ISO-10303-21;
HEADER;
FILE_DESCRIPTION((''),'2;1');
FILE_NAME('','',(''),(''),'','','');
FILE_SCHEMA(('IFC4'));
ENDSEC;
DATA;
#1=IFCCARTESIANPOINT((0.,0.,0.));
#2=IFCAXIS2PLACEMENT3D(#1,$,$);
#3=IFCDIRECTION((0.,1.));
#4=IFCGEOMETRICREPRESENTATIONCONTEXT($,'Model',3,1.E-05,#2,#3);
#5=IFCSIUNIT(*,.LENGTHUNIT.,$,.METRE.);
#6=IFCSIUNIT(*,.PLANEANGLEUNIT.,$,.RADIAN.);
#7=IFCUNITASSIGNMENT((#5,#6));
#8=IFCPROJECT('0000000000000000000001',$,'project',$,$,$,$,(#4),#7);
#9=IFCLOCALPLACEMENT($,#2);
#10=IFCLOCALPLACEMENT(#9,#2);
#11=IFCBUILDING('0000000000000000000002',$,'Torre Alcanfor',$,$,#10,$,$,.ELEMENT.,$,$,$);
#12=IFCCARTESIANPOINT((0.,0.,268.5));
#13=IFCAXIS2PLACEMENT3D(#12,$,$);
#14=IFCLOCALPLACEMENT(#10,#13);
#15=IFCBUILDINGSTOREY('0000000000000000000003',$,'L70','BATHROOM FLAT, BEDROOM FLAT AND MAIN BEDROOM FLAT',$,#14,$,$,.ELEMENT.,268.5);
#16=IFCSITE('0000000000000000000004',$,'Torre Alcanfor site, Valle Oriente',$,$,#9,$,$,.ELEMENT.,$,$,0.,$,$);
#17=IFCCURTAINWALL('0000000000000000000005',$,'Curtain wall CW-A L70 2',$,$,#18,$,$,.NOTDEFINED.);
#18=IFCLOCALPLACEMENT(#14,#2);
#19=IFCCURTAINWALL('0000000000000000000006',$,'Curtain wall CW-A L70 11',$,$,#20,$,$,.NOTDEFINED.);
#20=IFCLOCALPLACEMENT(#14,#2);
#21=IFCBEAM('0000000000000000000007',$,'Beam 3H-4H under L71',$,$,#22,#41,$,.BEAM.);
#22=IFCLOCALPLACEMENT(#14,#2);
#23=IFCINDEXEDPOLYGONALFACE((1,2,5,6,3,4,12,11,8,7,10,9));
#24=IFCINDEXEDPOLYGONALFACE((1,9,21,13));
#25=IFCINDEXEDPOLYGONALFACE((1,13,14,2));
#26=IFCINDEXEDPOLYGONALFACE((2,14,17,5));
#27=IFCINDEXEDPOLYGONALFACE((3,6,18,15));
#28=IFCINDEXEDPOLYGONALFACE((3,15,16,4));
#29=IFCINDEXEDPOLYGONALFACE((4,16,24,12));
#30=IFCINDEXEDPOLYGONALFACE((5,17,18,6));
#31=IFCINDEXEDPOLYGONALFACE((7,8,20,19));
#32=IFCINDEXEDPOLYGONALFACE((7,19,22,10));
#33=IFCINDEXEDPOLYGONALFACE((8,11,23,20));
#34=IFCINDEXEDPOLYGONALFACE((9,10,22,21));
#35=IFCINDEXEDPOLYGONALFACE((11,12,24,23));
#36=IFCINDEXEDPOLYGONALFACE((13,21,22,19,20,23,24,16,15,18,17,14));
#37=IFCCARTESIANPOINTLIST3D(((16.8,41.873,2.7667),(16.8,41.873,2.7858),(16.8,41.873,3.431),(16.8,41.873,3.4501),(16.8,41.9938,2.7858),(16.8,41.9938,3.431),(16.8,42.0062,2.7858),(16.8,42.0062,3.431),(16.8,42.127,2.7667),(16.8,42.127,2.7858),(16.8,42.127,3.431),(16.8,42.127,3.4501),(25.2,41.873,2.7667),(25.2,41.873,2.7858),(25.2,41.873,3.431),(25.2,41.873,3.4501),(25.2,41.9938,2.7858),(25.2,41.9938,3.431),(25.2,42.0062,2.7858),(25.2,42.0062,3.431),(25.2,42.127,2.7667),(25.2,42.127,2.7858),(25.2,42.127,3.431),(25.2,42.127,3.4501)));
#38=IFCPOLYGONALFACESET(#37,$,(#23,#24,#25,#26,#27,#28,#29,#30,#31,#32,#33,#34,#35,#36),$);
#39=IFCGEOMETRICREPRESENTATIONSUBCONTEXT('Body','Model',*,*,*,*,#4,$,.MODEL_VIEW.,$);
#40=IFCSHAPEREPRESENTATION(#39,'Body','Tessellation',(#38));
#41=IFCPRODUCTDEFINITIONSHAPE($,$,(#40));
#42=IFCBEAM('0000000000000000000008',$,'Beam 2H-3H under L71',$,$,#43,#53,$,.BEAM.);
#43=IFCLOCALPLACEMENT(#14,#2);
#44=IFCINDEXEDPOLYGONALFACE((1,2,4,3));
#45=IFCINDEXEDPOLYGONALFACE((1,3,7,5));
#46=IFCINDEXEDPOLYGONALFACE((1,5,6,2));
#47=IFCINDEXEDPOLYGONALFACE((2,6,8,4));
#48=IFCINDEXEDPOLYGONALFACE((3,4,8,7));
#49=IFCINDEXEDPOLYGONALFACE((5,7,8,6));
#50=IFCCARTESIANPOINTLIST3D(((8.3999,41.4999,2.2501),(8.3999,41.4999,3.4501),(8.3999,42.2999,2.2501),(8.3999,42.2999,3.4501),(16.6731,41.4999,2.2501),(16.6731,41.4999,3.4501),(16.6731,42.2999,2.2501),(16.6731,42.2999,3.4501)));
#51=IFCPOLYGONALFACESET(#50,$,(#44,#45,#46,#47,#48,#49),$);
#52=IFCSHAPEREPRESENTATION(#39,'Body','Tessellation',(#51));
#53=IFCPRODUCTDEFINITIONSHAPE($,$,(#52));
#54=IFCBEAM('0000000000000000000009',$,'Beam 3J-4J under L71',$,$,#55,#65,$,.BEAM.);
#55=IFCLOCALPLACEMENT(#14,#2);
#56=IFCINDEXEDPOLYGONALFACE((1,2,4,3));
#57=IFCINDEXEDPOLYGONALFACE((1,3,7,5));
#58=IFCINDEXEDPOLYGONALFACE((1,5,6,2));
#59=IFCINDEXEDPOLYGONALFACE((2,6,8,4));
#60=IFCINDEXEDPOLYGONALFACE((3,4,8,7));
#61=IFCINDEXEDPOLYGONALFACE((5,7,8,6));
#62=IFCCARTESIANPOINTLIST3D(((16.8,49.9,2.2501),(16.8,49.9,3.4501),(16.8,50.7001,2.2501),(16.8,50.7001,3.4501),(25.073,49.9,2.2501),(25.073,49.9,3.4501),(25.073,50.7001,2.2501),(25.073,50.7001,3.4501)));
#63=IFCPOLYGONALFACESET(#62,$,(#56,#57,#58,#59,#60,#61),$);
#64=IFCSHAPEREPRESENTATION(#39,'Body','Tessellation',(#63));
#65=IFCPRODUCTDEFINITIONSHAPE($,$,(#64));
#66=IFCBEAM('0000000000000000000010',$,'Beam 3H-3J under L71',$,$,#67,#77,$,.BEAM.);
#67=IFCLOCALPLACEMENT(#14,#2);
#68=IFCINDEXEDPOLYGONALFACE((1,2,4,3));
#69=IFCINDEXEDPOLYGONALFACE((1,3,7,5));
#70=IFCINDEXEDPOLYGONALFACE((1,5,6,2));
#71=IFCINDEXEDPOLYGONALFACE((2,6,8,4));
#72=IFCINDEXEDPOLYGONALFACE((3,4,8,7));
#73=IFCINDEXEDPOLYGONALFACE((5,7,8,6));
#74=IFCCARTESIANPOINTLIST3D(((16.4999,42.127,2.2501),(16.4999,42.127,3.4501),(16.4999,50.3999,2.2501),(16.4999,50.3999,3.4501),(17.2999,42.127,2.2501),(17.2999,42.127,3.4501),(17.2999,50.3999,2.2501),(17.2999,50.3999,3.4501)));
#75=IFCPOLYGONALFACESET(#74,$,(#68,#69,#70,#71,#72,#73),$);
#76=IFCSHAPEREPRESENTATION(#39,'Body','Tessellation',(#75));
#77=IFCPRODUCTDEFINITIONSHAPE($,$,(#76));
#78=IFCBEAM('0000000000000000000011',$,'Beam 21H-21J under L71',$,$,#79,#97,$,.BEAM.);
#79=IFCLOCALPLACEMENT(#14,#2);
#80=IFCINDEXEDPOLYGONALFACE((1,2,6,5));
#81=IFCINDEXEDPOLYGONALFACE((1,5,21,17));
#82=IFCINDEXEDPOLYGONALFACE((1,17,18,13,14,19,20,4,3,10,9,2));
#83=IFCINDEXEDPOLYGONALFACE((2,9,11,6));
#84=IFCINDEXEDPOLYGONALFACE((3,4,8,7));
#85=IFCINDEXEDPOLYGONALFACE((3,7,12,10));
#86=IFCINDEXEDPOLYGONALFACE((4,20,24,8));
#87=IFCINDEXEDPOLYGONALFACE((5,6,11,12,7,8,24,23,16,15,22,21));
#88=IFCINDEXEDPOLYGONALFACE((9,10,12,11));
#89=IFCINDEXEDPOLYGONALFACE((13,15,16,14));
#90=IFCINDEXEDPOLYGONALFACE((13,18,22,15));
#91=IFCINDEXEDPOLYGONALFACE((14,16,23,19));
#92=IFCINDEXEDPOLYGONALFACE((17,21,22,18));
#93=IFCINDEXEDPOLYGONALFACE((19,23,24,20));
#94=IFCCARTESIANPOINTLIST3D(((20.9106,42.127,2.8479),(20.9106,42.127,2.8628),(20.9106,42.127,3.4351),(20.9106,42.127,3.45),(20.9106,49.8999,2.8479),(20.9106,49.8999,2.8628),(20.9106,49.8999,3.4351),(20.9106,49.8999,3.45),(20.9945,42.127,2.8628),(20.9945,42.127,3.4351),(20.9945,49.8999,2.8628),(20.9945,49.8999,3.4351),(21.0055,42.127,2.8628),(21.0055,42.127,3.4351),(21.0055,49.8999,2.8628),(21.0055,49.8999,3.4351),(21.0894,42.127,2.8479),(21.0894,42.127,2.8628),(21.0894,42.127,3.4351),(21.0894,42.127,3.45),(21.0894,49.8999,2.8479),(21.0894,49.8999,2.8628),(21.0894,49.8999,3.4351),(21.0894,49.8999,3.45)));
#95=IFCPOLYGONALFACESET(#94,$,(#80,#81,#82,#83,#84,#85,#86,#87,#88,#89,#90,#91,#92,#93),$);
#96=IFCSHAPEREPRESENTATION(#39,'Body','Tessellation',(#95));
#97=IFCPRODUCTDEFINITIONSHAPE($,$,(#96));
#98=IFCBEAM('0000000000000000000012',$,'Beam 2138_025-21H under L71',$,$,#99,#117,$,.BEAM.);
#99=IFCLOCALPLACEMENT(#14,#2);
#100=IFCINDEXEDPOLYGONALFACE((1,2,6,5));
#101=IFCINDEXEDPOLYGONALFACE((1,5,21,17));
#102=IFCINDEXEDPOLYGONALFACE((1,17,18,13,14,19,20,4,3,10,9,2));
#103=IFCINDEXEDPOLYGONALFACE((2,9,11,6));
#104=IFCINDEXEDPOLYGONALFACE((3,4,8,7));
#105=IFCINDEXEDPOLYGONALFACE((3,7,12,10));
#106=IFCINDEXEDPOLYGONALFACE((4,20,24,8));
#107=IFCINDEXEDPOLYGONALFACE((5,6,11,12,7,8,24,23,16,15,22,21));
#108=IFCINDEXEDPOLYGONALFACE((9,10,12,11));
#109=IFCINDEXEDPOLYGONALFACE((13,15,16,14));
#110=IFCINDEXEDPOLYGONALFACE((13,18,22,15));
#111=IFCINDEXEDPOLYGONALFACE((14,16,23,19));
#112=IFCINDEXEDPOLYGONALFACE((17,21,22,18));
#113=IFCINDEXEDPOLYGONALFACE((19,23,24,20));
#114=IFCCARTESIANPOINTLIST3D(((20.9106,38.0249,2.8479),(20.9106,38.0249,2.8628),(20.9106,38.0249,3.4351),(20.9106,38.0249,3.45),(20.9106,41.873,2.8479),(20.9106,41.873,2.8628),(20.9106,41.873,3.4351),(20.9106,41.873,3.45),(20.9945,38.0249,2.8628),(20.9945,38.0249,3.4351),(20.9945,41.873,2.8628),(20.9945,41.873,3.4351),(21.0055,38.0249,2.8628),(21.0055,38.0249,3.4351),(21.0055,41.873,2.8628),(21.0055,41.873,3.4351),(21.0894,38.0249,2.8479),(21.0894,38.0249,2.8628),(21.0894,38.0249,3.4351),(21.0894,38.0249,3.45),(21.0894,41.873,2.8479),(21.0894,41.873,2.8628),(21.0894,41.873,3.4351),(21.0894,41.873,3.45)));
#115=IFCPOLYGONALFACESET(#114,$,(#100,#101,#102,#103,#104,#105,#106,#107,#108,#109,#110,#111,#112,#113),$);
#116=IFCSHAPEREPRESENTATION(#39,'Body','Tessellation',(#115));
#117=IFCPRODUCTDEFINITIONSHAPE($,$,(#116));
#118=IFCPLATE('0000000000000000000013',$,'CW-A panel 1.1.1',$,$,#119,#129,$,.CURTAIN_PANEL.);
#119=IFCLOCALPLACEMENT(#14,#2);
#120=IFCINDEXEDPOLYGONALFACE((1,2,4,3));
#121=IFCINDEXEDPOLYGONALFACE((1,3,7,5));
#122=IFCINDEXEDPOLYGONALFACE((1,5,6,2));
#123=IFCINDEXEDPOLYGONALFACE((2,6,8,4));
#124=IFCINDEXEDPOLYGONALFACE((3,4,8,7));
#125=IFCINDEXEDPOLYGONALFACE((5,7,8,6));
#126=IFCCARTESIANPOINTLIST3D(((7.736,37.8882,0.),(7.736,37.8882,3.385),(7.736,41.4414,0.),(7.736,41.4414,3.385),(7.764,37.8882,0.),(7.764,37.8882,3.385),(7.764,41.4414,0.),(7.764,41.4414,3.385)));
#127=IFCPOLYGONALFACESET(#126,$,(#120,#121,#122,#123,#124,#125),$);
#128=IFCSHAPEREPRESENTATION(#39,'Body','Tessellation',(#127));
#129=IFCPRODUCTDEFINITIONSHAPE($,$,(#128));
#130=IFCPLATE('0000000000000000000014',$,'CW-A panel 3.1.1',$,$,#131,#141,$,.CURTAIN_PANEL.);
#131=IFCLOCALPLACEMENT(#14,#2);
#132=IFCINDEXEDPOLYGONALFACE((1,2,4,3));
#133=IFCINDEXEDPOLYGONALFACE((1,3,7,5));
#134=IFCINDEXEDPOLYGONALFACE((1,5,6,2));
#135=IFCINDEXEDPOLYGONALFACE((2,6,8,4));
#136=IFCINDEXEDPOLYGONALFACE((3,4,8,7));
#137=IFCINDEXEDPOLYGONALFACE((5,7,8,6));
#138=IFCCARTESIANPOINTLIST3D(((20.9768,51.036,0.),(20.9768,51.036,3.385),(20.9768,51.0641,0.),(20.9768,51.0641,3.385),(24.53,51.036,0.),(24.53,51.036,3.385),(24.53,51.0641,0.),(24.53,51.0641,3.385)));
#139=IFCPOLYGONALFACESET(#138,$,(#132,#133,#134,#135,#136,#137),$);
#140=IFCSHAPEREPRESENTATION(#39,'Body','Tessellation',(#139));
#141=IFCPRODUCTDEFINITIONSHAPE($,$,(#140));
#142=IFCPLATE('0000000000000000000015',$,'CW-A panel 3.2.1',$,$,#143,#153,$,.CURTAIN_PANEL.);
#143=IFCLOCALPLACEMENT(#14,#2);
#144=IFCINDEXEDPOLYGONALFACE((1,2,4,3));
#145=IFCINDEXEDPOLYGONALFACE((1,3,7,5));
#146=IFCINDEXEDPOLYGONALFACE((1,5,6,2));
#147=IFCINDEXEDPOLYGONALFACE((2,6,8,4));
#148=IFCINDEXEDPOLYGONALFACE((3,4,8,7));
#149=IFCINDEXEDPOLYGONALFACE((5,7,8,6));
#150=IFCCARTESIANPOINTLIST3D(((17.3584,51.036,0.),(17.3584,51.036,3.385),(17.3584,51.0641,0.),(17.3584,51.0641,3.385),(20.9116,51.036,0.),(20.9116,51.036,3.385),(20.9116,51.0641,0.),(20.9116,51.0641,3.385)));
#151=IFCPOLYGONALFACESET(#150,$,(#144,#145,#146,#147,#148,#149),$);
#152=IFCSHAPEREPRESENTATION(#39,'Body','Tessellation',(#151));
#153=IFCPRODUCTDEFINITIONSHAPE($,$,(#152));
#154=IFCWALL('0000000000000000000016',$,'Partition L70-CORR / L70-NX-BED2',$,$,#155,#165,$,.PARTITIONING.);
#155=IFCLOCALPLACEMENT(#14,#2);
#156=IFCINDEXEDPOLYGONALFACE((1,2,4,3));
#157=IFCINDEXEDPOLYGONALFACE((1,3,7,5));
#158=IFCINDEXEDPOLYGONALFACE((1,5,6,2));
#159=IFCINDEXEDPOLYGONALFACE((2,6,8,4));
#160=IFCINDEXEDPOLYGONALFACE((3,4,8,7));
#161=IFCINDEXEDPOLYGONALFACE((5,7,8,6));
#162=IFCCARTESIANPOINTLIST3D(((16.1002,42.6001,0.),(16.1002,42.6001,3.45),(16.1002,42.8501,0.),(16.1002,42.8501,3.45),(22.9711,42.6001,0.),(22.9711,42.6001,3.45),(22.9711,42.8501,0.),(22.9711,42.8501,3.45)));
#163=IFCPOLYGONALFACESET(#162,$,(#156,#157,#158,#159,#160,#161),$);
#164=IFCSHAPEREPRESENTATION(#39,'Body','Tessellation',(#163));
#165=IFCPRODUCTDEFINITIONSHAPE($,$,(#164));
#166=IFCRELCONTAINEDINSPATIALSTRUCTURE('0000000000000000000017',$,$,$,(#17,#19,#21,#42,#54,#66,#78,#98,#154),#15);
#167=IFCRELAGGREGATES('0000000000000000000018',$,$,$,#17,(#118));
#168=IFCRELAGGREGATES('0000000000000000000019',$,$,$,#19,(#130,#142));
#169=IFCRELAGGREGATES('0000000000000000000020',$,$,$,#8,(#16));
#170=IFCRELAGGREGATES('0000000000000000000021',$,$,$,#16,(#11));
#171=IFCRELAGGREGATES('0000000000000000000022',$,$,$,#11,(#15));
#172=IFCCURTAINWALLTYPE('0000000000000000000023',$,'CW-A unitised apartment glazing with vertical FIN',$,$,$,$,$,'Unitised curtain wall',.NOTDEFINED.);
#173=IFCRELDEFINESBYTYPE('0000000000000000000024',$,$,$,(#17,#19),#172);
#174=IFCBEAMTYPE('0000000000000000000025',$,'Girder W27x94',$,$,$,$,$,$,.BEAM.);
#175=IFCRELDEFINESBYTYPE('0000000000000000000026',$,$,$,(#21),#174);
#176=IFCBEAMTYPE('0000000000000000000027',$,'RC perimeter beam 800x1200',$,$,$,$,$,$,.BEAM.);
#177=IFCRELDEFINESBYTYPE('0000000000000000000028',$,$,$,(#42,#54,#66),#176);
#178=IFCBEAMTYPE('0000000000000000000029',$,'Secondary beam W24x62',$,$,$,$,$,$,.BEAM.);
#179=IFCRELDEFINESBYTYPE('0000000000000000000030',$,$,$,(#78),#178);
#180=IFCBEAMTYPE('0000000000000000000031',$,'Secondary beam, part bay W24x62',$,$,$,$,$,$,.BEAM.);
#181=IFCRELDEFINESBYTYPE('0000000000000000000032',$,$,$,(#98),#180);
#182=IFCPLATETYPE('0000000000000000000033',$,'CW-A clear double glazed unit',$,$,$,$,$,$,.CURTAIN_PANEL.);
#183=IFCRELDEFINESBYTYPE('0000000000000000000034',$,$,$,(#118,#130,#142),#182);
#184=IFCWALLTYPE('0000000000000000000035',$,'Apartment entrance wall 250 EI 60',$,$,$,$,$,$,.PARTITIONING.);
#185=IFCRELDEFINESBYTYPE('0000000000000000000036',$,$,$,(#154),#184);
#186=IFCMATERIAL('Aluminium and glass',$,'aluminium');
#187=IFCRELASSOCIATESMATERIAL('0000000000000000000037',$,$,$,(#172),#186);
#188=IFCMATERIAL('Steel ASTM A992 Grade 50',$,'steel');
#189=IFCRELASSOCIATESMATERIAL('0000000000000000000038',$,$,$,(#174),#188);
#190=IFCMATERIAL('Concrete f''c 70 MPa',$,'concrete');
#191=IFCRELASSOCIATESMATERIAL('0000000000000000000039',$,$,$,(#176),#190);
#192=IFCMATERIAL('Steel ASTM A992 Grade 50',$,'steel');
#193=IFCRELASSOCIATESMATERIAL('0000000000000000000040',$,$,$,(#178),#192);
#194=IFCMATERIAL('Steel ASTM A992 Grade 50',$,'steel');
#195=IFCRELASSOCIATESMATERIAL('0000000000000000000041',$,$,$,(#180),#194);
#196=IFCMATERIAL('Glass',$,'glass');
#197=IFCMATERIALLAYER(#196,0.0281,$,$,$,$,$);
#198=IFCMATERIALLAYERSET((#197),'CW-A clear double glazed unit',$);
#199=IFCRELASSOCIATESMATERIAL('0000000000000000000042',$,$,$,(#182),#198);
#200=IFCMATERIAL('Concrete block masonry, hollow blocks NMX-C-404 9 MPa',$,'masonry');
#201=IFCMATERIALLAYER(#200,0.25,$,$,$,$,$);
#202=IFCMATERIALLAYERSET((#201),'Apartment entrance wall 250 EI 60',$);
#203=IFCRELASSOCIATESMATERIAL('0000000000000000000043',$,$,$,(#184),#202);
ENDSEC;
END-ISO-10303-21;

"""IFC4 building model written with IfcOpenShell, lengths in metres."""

from ifc_helpers import new_model, si_unit, direction, frame, frame_2d, origin, origin_2d, place, context, subcontext, project, spatial, rectangle, i_section, extrude, material, layer, layer_set, material_profile, profile_set, type_object, element, aggregate, save


model = new_model("IFC4")

# Units and contexts
model_context = context("Model", 3, precision=1e-05, world=origin(), true_north=direction((0.0, 1.0)))
body_context = subcontext(model_context, "Body", "Model", "MODEL_VIEW")
ifc_project = project(units=[si_unit("LENGTHUNIT", "METRE"), si_unit("PLANEANGLEUNIT", "RADIAN")], contexts=[model_context])

# Site, building, storey
site_placement = place(None, origin())
site = spatial("IfcSite", under=ifc_project, at=site_placement, Name="Torre Alcanfor site, Valle Oriente", CompositionType="ELEMENT", RefElevation=0.0)
building_placement = place(site_placement, origin())
building = spatial("IfcBuilding", under=site, at=building_placement, Name="Torre Alcanfor", CompositionType="ELEMENT")
storey_placement = place(building_placement, frame((0.0, 0.0, 268.5)))
storey = spatial("IfcBuildingStorey", under=building, at=storey_placement, Name="L70", Description="BATHROOM FLAT, BEDROOM FLAT AND MAIN BEDROOM FLAT", CompositionType="ELEMENT", Elevation=268.5)

# Curtain wall
ifc_material_1 = material(Name="Aluminium and glass", Category="aluminium")
curtain_wall_type = type_object("IfcCurtainWallType", Name="CW-A unitised apartment glazing with vertical FIN", ElementType="Unitised curtain wall", PredefinedType="NOTDEFINED", material=ifc_material_1)
curtain_wall_1_placement = place(storey_placement, origin())
curtain_wall_1 = element("IfcCurtainWall", 1, at=curtain_wall_1_placement, inside=storey, type_object=curtain_wall_type, Name="Curtain wall CW-A L70 2", PredefinedType="NOTDEFINED")

# Curtain wall
curtain_wall_2_placement = place(storey_placement, origin())
curtain_wall_2 = element("IfcCurtainWall", 2, at=curtain_wall_2_placement, inside=storey, type_object=curtain_wall_type, Name="Curtain wall CW-A L70 11", PredefinedType="NOTDEFINED")

# Beams
ifc_material_2 = material(Name="Steel ASTM A992 Grade 50", Category="steel")
ifc_material_profile_1 = material_profile(ifc_material_2, i_section(OverallWidth=0.2539, OverallDepth=0.6833, WebThickness=0.0125, FlangeThickness=0.019, at=origin_2d()), Name="W27x94")
ifc_profile_set_1 = profile_set([ifc_material_profile_1], Name="Steel ASTM A992 Grade 50")
beam_type_1 = type_object("IfcBeamType", Name="Girder W27x94", PredefinedType="BEAM", material=ifc_profile_set_1)
beam_1_placement = place(storey_placement, frame((16.8, 42.0, 3.1084), z_axis=(1.0, 0.0, 0.0), x_axis=(0.0, 1.0, 0.0)))
element("IfcBeam", 3, at=beam_1_placement, inside=storey, type_object=beam_type_1, Name="Beam 3H-4H under L71", PredefinedType="BEAM", context=body_context, shape_type="SweptSolid", body=[
    extrude(i_section(OverallWidth=0.2539, OverallDepth=0.6833, WebThickness=0.0125, FlangeThickness=0.019, at=origin_2d()), origin(), (0.0, 0.0, 1.0), 8.3999),
])
ifc_material_3 = material(Name="Concrete f'c 70 MPa", Category="concrete")
ifc_material_profile_2 = material_profile(ifc_material_3, rectangle(XDim=0.8, YDim=1.2, at=origin_2d()), Name="800x1200")
ifc_profile_set_2 = profile_set([ifc_material_profile_2], Name="Concrete f'c 70 MPa")
beam_type_2 = type_object("IfcBeamType", Name="RC perimeter beam 800x1200", PredefinedType="BEAM", material=ifc_profile_set_2)
beam_2_placement = place(storey_placement, frame((8.3999, 41.8999, 2.8501), z_axis=(1.0, 0.0, 0.0), x_axis=(0.0, 1.0, 0.0)))
element("IfcBeam", 4, at=beam_2_placement, inside=storey, type_object=beam_type_2, Name="Beam 2H-3H under L71", PredefinedType="BEAM", context=body_context, shape_type="SweptSolid", body=[
    extrude(rectangle(XDim=0.8, YDim=1.2, at=origin_2d()), origin(), (0.0, 0.0, 1.0), 8.2732),
])
for number, where, z_axis, x_axis, name in (
    (5, (16.8, 50.3, 2.8501), (1.0, 0.0, 0.0), (0.0, 1.0, 0.0), "Beam 3J-4J under L71"),
    (6, (16.8999, 42.127, 2.8501), (0.0, 1.0, 0.0), (-1.0, 0.0, 0.0), "Beam 3H-3J under L71"),
):
    element("IfcBeam", number, at=place(storey_placement, frame(where, z_axis=z_axis, x_axis=x_axis)), inside=storey, type_object=beam_type_2, Name=name, PredefinedType="BEAM", context=body_context, shape_type="SweptSolid", body=[
        extrude(rectangle(XDim=0.8, YDim=1.2, at=origin_2d()), origin(), (0.0, 0.0, 1.0), 8.2729),
    ])
ifc_material_4 = material(Name="Steel ASTM A992 Grade 50", Category="steel")
ifc_material_profile_3 = material_profile(ifc_material_4, i_section(OverallWidth=0.1787, OverallDepth=0.6021, WebThickness=0.011, FlangeThickness=0.0149, at=origin_2d()), Name="W24x62")
ifc_profile_set_3 = profile_set([ifc_material_profile_3], Name="Steel ASTM A992 Grade 50")
beam_type_3 = type_object("IfcBeamType", Name="Secondary beam W24x62", PredefinedType="BEAM", material=ifc_profile_set_3)
beam_3_placement = place(storey_placement, frame((21.0, 42.127, 3.1489), z_axis=(0.0, 1.0, 0.0), x_axis=(-1.0, 0.0, 0.0)))
element("IfcBeam", 7, at=beam_3_placement, inside=storey, type_object=beam_type_3, Name="Beam 21H-21J under L71", PredefinedType="BEAM", context=body_context, shape_type="SweptSolid", body=[
    extrude(i_section(OverallWidth=0.1787, OverallDepth=0.6021, WebThickness=0.011, FlangeThickness=0.0149, at=origin_2d()), origin(), (0.0, 0.0, 1.0), 7.7729),
])
ifc_material_5 = material(Name="Steel ASTM A992 Grade 50", Category="steel")
ifc_material_profile_4 = material_profile(ifc_material_5, i_section(OverallWidth=0.1787, OverallDepth=0.6021, WebThickness=0.011, FlangeThickness=0.0149, at=origin_2d()), Name="W24x62")
ifc_profile_set_4 = profile_set([ifc_material_profile_4], Name="Steel ASTM A992 Grade 50")
beam_type_4 = type_object("IfcBeamType", Name="Secondary beam, part bay W24x62", PredefinedType="BEAM", material=ifc_profile_set_4)
beam_4_placement = place(storey_placement, frame((21.0, 38.0249, 3.1489), z_axis=(0.0, 1.0, 0.0), x_axis=(-1.0, 0.0, 0.0)))
element("IfcBeam", 8, at=beam_4_placement, inside=storey, type_object=beam_type_4, Name="Beam 2138_025-21H under L71", PredefinedType="BEAM", context=body_context, shape_type="SweptSolid", body=[
    extrude(i_section(OverallWidth=0.1787, OverallDepth=0.6021, WebThickness=0.011, FlangeThickness=0.0149, at=origin_2d()), origin(), (0.0, 0.0, 1.0), 3.8481),
])

# Plates
ifc_material_6 = material(Name="Glass", Category="glass")
ifc_layer_1 = layer(ifc_material_6, 0.0281)
ifc_layer_set_1 = layer_set([ifc_layer_1], Name="CW-A clear double glazed unit")
plate_type = type_object("IfcPlateType", Name="CW-A clear double glazed unit", PredefinedType="CURTAIN_PANEL", material=ifc_layer_set_1)
plate_1_placement = place(storey_placement, frame((7.75, 39.6648, 0.0), z_axis=(0.0, 0.0, 1.0), x_axis=(0.0, -1.0, 0.0)))
plate_1 = element("IfcPlate", 9, at=plate_1_placement, type_object=plate_type, Name="CW-A panel 1.1.1", PredefinedType="CURTAIN_PANEL", context=body_context, shape_type="SweptSolid", body=[
    extrude(rectangle(XDim=3.5532, YDim=0.0281, at=origin_2d()), origin(), (0.0, 0.0, 1.0), 3.385),
])
aggregate(curtain_wall_1, [plate_1])
plate_2_placement = place(storey_placement, frame((22.7534, 51.05, 0.0), z_axis=(0.0, 0.0, 1.0), x_axis=(-1.0, 0.0, 0.0)))
plate_2 = element("IfcPlate", 10, at=plate_2_placement, type_object=plate_type, Name="CW-A panel 3.1.1", PredefinedType="CURTAIN_PANEL", context=body_context, shape_type="SweptSolid", body=[
    extrude(rectangle(XDim=3.5532, YDim=0.0281, at=origin_2d()), origin(), (0.0, 0.0, 1.0), 3.385),
])
plate_3_placement = place(storey_placement, frame((19.135, 51.05, 0.0), z_axis=(0.0, 0.0, 1.0), x_axis=(-1.0, 0.0, 0.0)))
plate_3 = element("IfcPlate", 11, at=plate_3_placement, type_object=plate_type, Name="CW-A panel 3.2.1", PredefinedType="CURTAIN_PANEL", context=body_context, shape_type="SweptSolid", body=[
    extrude(rectangle(XDim=3.5532, YDim=0.0281, at=origin_2d()), origin(), (0.0, 0.0, 1.0), 3.385),
])
aggregate(curtain_wall_2, [plate_2, plate_3])

# Wall
ifc_material_7 = material(Name="Concrete block masonry, hollow blocks NMX-C-404 9 MPa", Category="masonry")
ifc_layer_2 = layer(ifc_material_7, 0.25)
ifc_layer_set_2 = layer_set([ifc_layer_2], Name="Apartment entrance wall 250 EI 60")
wall_type_1 = type_object("IfcWallType", Name="Apartment entrance wall 250 EI 60", PredefinedType="PARTITIONING", material=ifc_layer_set_2)
wall_1_placement = place(storey_placement, frame((16.1001, 42.7251, 0.0), z_axis=(0.0, 0.0, 1.0), x_axis=(1.0, 0.0, 0.0)))
element("IfcWall", 12, at=wall_1_placement, inside=storey, type_object=wall_type_1, Name="Partition L70-CORR / L70-NX-BED2", PredefinedType="PARTITIONING", context=body_context, shape_type="SweptSolid", body=[
    extrude(rectangle(XDim=6.8708, YDim=0.25, at=frame_2d((3.4355, 0.0))), origin(), (0.0, 0.0, 1.0), 3.45),
])

save(model, "model.ifc")
